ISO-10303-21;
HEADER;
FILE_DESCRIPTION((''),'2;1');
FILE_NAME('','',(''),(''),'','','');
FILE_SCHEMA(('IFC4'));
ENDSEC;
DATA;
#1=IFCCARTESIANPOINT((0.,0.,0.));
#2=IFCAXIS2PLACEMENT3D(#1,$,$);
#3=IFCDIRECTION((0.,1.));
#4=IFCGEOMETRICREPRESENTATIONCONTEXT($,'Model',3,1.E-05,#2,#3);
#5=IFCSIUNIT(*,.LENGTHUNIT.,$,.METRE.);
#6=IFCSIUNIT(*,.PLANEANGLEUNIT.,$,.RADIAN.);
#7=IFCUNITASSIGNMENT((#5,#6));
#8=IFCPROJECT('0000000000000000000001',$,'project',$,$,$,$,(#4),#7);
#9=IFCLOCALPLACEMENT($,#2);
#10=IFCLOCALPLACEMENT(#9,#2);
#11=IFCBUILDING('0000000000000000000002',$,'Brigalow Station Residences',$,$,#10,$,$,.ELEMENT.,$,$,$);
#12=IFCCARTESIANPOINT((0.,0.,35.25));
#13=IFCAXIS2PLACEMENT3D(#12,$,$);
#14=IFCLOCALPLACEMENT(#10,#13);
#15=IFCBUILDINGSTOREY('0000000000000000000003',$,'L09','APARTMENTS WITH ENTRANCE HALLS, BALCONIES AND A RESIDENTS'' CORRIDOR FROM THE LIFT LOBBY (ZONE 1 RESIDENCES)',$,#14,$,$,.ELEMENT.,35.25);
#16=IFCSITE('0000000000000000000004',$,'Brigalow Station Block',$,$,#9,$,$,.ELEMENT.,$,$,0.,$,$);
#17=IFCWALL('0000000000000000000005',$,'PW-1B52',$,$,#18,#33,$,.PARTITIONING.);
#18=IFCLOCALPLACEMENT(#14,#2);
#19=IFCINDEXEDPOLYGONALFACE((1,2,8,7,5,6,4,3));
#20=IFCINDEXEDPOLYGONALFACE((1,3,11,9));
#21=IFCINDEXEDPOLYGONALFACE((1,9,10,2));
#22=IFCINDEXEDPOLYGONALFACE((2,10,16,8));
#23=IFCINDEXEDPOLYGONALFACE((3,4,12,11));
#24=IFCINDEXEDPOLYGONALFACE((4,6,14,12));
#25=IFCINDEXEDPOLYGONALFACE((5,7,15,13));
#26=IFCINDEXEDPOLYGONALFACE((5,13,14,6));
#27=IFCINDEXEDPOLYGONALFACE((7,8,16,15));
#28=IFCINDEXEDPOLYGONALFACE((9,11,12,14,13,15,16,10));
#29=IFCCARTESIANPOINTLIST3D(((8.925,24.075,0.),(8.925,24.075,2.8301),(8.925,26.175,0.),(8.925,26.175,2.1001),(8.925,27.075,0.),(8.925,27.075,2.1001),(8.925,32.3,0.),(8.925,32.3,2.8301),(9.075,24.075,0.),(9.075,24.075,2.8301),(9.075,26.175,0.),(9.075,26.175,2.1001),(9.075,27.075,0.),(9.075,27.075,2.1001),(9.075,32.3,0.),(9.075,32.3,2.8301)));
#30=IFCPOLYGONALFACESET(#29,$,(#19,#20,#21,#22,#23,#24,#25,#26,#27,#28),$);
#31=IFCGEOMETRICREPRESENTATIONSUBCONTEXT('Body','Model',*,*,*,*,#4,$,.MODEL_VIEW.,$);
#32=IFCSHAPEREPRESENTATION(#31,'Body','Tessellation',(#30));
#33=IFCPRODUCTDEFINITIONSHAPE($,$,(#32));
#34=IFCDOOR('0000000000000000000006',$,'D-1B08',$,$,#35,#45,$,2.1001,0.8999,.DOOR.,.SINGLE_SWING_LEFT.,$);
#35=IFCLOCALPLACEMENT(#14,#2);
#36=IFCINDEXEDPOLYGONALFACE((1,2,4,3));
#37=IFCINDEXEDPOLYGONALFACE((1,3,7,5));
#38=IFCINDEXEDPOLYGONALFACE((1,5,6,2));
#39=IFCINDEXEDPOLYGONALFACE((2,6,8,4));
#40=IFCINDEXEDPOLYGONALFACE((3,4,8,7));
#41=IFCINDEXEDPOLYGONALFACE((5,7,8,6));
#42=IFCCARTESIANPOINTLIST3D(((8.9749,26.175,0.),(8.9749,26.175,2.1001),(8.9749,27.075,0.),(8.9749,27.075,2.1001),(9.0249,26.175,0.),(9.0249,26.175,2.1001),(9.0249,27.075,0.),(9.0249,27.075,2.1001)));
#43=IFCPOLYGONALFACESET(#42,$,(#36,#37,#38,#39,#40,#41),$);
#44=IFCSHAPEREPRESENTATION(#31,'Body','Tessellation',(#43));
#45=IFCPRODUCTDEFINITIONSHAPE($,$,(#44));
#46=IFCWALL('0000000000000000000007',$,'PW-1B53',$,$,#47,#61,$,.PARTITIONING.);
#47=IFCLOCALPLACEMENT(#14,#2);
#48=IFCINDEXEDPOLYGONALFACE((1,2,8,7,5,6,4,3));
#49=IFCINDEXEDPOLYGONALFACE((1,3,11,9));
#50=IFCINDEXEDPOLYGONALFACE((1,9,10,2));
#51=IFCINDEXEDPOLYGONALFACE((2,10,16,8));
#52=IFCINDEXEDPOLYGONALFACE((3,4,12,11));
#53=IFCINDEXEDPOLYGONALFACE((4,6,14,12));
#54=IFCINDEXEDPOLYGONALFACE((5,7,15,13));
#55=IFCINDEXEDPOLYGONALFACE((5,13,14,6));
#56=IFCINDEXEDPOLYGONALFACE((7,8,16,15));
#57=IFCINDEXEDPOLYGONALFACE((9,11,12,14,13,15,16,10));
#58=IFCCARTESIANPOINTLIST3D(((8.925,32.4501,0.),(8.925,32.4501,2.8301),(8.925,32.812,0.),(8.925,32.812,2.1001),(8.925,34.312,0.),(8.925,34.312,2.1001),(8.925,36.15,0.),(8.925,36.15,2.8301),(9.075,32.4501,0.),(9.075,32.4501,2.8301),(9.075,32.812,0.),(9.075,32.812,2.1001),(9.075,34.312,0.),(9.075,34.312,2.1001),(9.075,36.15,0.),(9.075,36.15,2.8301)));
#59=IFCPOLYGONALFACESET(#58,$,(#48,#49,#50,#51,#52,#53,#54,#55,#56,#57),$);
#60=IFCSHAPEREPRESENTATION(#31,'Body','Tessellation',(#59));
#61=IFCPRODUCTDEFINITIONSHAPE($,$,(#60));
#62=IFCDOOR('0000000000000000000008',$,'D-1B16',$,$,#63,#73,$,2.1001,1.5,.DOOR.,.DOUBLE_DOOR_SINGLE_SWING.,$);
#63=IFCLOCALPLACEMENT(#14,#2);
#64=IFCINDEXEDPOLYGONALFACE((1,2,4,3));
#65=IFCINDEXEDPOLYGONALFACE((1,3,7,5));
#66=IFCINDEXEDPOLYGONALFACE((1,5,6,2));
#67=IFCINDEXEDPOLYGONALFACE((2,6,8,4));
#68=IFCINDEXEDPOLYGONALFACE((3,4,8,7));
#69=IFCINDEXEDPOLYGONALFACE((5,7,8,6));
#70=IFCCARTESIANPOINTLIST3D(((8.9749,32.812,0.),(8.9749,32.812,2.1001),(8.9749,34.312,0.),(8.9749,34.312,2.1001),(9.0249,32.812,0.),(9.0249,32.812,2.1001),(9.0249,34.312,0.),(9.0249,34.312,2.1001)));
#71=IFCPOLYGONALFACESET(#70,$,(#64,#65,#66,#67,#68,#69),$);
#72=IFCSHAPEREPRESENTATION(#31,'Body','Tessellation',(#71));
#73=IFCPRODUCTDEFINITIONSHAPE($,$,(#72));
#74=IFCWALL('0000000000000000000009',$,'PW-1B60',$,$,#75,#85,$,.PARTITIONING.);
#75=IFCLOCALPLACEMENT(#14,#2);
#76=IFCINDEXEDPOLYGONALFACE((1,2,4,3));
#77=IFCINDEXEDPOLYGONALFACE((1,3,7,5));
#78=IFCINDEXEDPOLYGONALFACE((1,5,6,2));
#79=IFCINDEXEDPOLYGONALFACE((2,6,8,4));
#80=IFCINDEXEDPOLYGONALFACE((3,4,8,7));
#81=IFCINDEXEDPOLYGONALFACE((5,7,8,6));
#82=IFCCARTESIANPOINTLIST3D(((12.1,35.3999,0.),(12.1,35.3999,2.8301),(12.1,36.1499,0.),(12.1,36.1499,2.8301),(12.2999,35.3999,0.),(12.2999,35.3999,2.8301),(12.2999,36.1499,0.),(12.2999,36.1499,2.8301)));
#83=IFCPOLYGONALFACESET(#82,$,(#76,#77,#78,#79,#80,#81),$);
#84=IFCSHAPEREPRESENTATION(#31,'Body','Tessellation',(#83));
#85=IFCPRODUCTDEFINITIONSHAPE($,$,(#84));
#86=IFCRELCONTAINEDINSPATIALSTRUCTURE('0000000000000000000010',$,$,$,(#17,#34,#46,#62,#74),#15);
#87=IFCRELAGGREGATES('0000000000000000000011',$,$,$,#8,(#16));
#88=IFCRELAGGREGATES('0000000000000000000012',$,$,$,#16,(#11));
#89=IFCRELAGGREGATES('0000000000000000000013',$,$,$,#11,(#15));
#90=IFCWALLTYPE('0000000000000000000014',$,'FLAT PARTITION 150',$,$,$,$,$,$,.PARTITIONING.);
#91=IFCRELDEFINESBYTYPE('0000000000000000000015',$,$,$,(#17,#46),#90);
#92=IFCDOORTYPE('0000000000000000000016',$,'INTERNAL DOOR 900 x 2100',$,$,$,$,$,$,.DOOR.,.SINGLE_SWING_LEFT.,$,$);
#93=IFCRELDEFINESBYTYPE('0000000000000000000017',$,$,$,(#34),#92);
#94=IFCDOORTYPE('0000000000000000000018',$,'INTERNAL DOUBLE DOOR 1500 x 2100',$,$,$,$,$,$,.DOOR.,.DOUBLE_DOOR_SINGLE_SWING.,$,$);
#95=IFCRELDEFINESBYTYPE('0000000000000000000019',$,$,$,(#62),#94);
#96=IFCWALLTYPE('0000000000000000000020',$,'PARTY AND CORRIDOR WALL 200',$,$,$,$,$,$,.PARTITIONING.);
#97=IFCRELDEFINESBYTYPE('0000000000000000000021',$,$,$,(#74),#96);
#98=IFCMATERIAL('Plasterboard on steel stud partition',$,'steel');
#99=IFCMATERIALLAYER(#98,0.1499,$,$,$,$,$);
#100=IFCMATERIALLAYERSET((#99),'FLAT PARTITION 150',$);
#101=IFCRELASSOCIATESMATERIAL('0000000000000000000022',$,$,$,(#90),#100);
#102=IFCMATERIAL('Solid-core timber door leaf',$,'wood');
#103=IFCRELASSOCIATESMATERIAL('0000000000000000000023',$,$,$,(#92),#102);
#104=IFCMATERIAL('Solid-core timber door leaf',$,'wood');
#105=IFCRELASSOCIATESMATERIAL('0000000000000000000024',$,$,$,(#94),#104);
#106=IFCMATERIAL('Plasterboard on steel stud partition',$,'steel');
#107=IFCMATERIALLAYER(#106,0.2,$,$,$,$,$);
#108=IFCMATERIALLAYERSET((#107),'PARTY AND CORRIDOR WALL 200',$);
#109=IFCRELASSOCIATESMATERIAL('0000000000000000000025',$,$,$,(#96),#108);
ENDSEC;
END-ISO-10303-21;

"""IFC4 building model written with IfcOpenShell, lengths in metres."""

from ifc_helpers import new_model, si_unit, direction, frame, frame_2d, origin, place, context, subcontext, project, spatial, rectangle, extrude, material, layer, layer_set, type_object, element, fill, save


model = new_model("IFC4")

# Units and contexts
model_context = context("Model", 3, precision=1e-05, world=origin(), true_north=direction((0.0, 1.0)))
body_context = subcontext(model_context, "Body", "Model", "MODEL_VIEW")
ifc_project = project(units=[si_unit("LENGTHUNIT", "METRE"), si_unit("PLANEANGLEUNIT", "RADIAN")], contexts=[model_context])

# Site, building, storey
site_placement = place(None, origin())
site = spatial("IfcSite", under=ifc_project, at=site_placement, Name="Brigalow Station Block", CompositionType="ELEMENT", RefElevation=0.0)
building_placement = place(site_placement, origin())
building = spatial("IfcBuilding", under=site, at=building_placement, Name="Brigalow Station Residences", CompositionType="ELEMENT")
storey_placement = place(building_placement, frame((0.0, 0.0, 35.25)))
storey = spatial("IfcBuildingStorey", under=building, at=storey_placement, Name="L09", Description="APARTMENTS WITH ENTRANCE HALLS, BALCONIES AND A RESIDENTS' CORRIDOR FROM THE LIFT LOBBY (ZONE 1 RESIDENCES)", CompositionType="ELEMENT", Elevation=35.25)

# Walls, openings, doors
ifc_material_1 = material(Name="Plasterboard on steel stud partition", Category="steel")
ifc_layer_1 = layer(ifc_material_1, 0.1499)
ifc_layer_set_1 = layer_set([ifc_layer_1], Name="FLAT PARTITION 150")
wall_type_1 = type_object("IfcWallType", Name="FLAT PARTITION 150", PredefinedType="PARTITIONING", material=ifc_layer_set_1)
ifc_material_2 = material(Name="Solid-core timber door leaf", Category="wood")
door_type_1 = type_object("IfcDoorType", Name="INTERNAL DOOR 900 x 2100", OperationType="SINGLE_SWING_LEFT", PredefinedType="DOOR", material=ifc_material_2)
wall_1_placement = place(storey_placement, frame((9.0, 24.075, 0.0), z_axis=(0.0, 0.0, 1.0), x_axis=(0.0, 1.0, 0.0)))
wall_1 = element("IfcWall", 1, at=wall_1_placement, inside=storey, type_object=wall_type_1, Name="PW-1B52", PredefinedType="PARTITIONING", context=body_context, shape_type="SweptSolid", body=[
    extrude(rectangle(XDim=8.2251, YDim=0.1499, at=frame_2d((4.1125, 0.0))), origin(), (0.0, 0.0, 1.0), 2.8301),
])
opening_1_placement = place(wall_1_placement, frame((2.1001, 0.0, 0.0)))
opening_1 = element("IfcOpeningElement", 2, at=opening_1_placement, cuts=wall_1, PredefinedType="OPENING", context=body_context, shape_type="SweptSolid", body=[
    extrude(rectangle(XDim=0.8999, YDim=2.1001, at=frame_2d((0.45, 1.05))), frame((0.0, 0.085, 0.0), z_axis=(0.0, -1.0, 0.0), x_axis=(1.0, 0.0, 0.0)), (0.0, 0.0, 1.0), 0.1699),
])
door_1_placement = place(opening_1_placement, frame((0.8999, 0.0, 0.0), z_axis=(0.0, 0.0, 1.0), x_axis=(-1.0, 0.0, 0.0)))
door_1 = element("IfcDoor", 3, at=door_1_placement, inside=storey, type_object=door_type_1, Name="D-1B08", OperationType="SINGLE_SWING_LEFT", OverallHeight=2.1001, OverallWidth=0.8999, PredefinedType="DOOR", context=body_context, shape_type="SweptSolid", body=[
    extrude(rectangle(XDim=0.8999, YDim=2.1001, at=frame_2d((0.45, 1.05))), frame((0.0, 0.0249, 0.0), z_axis=(0.0, -1.0, 0.0), x_axis=(1.0, 0.0, 0.0)), (0.0, 0.0, 1.0), 0.05),
])
fill(opening_1, door_1)
wall_2_placement = place(storey_placement, frame((9.0, 32.45, 0.0), z_axis=(0.0, 0.0, 1.0), x_axis=(0.0, 1.0, 0.0)))
wall_2 = element("IfcWall", 4, at=wall_2_placement, inside=storey, type_object=wall_type_1, Name="PW-1B53", PredefinedType="PARTITIONING", context=body_context, shape_type="SweptSolid", body=[
    extrude(rectangle(XDim=3.7, YDim=0.1499, at=frame_2d((1.8501, 0.0))), origin(), (0.0, 0.0, 1.0), 2.8301),
])
opening_2_placement = place(wall_2_placement, frame((0.3621, 0.0, 0.0)))
opening_2 = element("IfcOpeningElement", 5, at=opening_2_placement, cuts=wall_2, PredefinedType="OPENING", context=body_context, shape_type="SweptSolid", body=[
    extrude(rectangle(XDim=1.5, YDim=2.1001, at=frame_2d((0.75, 1.05))), frame((0.0, 0.085, 0.0), z_axis=(0.0, -1.0, 0.0), x_axis=(1.0, 0.0, 0.0)), (0.0, 0.0, 1.0), 0.1699),
])
ifc_material_3 = material(Name="Solid-core timber door leaf", Category="wood")
door_type_2 = type_object("IfcDoorType", Name="INTERNAL DOUBLE DOOR 1500 x 2100", OperationType="DOUBLE_DOOR_SINGLE_SWING", PredefinedType="DOOR", material=ifc_material_3)
door_2_placement = place(opening_2_placement, frame((1.5, 0.0, 0.0), z_axis=(0.0, 0.0, 1.0), x_axis=(-1.0, 0.0, 0.0)))
door_2 = element("IfcDoor", 6, at=door_2_placement, inside=storey, type_object=door_type_2, Name="D-1B16", OperationType="DOUBLE_DOOR_SINGLE_SWING", OverallHeight=2.1001, OverallWidth=1.5, PredefinedType="DOOR", context=body_context, shape_type="SweptSolid", body=[
    extrude(rectangle(XDim=1.5, YDim=2.1001, at=frame_2d((0.75, 1.05))), frame((0.0, 0.0249, 0.0), z_axis=(0.0, -1.0, 0.0), x_axis=(1.0, 0.0, 0.0)), (0.0, 0.0, 1.0), 0.05),
])
fill(opening_2, door_2)

# Wall
ifc_material_4 = material(Name="Plasterboard on steel stud partition", Category="steel")
ifc_layer_2 = layer(ifc_material_4, 0.2)
ifc_layer_set_2 = layer_set([ifc_layer_2], Name="PARTY AND CORRIDOR WALL 200")
wall_type_2 = type_object("IfcWallType", Name="PARTY AND CORRIDOR WALL 200", PredefinedType="PARTITIONING", material=ifc_layer_set_2)
wall_3_placement = place(storey_placement, frame((12.2, 35.3999, 0.0), z_axis=(0.0, 0.0, 1.0), x_axis=(0.0, 1.0, 0.0)))
element("IfcWall", 7, at=wall_3_placement, inside=storey, type_object=wall_type_2, Name="PW-1B60", PredefinedType="PARTITIONING", context=body_context, shape_type="SweptSolid", body=[
    extrude(rectangle(XDim=0.75, YDim=0.2, at=frame_2d((0.375, 0.0))), origin(), (0.0, 0.0, 1.0), 2.8301),
])

save(model, "model.ifc")
